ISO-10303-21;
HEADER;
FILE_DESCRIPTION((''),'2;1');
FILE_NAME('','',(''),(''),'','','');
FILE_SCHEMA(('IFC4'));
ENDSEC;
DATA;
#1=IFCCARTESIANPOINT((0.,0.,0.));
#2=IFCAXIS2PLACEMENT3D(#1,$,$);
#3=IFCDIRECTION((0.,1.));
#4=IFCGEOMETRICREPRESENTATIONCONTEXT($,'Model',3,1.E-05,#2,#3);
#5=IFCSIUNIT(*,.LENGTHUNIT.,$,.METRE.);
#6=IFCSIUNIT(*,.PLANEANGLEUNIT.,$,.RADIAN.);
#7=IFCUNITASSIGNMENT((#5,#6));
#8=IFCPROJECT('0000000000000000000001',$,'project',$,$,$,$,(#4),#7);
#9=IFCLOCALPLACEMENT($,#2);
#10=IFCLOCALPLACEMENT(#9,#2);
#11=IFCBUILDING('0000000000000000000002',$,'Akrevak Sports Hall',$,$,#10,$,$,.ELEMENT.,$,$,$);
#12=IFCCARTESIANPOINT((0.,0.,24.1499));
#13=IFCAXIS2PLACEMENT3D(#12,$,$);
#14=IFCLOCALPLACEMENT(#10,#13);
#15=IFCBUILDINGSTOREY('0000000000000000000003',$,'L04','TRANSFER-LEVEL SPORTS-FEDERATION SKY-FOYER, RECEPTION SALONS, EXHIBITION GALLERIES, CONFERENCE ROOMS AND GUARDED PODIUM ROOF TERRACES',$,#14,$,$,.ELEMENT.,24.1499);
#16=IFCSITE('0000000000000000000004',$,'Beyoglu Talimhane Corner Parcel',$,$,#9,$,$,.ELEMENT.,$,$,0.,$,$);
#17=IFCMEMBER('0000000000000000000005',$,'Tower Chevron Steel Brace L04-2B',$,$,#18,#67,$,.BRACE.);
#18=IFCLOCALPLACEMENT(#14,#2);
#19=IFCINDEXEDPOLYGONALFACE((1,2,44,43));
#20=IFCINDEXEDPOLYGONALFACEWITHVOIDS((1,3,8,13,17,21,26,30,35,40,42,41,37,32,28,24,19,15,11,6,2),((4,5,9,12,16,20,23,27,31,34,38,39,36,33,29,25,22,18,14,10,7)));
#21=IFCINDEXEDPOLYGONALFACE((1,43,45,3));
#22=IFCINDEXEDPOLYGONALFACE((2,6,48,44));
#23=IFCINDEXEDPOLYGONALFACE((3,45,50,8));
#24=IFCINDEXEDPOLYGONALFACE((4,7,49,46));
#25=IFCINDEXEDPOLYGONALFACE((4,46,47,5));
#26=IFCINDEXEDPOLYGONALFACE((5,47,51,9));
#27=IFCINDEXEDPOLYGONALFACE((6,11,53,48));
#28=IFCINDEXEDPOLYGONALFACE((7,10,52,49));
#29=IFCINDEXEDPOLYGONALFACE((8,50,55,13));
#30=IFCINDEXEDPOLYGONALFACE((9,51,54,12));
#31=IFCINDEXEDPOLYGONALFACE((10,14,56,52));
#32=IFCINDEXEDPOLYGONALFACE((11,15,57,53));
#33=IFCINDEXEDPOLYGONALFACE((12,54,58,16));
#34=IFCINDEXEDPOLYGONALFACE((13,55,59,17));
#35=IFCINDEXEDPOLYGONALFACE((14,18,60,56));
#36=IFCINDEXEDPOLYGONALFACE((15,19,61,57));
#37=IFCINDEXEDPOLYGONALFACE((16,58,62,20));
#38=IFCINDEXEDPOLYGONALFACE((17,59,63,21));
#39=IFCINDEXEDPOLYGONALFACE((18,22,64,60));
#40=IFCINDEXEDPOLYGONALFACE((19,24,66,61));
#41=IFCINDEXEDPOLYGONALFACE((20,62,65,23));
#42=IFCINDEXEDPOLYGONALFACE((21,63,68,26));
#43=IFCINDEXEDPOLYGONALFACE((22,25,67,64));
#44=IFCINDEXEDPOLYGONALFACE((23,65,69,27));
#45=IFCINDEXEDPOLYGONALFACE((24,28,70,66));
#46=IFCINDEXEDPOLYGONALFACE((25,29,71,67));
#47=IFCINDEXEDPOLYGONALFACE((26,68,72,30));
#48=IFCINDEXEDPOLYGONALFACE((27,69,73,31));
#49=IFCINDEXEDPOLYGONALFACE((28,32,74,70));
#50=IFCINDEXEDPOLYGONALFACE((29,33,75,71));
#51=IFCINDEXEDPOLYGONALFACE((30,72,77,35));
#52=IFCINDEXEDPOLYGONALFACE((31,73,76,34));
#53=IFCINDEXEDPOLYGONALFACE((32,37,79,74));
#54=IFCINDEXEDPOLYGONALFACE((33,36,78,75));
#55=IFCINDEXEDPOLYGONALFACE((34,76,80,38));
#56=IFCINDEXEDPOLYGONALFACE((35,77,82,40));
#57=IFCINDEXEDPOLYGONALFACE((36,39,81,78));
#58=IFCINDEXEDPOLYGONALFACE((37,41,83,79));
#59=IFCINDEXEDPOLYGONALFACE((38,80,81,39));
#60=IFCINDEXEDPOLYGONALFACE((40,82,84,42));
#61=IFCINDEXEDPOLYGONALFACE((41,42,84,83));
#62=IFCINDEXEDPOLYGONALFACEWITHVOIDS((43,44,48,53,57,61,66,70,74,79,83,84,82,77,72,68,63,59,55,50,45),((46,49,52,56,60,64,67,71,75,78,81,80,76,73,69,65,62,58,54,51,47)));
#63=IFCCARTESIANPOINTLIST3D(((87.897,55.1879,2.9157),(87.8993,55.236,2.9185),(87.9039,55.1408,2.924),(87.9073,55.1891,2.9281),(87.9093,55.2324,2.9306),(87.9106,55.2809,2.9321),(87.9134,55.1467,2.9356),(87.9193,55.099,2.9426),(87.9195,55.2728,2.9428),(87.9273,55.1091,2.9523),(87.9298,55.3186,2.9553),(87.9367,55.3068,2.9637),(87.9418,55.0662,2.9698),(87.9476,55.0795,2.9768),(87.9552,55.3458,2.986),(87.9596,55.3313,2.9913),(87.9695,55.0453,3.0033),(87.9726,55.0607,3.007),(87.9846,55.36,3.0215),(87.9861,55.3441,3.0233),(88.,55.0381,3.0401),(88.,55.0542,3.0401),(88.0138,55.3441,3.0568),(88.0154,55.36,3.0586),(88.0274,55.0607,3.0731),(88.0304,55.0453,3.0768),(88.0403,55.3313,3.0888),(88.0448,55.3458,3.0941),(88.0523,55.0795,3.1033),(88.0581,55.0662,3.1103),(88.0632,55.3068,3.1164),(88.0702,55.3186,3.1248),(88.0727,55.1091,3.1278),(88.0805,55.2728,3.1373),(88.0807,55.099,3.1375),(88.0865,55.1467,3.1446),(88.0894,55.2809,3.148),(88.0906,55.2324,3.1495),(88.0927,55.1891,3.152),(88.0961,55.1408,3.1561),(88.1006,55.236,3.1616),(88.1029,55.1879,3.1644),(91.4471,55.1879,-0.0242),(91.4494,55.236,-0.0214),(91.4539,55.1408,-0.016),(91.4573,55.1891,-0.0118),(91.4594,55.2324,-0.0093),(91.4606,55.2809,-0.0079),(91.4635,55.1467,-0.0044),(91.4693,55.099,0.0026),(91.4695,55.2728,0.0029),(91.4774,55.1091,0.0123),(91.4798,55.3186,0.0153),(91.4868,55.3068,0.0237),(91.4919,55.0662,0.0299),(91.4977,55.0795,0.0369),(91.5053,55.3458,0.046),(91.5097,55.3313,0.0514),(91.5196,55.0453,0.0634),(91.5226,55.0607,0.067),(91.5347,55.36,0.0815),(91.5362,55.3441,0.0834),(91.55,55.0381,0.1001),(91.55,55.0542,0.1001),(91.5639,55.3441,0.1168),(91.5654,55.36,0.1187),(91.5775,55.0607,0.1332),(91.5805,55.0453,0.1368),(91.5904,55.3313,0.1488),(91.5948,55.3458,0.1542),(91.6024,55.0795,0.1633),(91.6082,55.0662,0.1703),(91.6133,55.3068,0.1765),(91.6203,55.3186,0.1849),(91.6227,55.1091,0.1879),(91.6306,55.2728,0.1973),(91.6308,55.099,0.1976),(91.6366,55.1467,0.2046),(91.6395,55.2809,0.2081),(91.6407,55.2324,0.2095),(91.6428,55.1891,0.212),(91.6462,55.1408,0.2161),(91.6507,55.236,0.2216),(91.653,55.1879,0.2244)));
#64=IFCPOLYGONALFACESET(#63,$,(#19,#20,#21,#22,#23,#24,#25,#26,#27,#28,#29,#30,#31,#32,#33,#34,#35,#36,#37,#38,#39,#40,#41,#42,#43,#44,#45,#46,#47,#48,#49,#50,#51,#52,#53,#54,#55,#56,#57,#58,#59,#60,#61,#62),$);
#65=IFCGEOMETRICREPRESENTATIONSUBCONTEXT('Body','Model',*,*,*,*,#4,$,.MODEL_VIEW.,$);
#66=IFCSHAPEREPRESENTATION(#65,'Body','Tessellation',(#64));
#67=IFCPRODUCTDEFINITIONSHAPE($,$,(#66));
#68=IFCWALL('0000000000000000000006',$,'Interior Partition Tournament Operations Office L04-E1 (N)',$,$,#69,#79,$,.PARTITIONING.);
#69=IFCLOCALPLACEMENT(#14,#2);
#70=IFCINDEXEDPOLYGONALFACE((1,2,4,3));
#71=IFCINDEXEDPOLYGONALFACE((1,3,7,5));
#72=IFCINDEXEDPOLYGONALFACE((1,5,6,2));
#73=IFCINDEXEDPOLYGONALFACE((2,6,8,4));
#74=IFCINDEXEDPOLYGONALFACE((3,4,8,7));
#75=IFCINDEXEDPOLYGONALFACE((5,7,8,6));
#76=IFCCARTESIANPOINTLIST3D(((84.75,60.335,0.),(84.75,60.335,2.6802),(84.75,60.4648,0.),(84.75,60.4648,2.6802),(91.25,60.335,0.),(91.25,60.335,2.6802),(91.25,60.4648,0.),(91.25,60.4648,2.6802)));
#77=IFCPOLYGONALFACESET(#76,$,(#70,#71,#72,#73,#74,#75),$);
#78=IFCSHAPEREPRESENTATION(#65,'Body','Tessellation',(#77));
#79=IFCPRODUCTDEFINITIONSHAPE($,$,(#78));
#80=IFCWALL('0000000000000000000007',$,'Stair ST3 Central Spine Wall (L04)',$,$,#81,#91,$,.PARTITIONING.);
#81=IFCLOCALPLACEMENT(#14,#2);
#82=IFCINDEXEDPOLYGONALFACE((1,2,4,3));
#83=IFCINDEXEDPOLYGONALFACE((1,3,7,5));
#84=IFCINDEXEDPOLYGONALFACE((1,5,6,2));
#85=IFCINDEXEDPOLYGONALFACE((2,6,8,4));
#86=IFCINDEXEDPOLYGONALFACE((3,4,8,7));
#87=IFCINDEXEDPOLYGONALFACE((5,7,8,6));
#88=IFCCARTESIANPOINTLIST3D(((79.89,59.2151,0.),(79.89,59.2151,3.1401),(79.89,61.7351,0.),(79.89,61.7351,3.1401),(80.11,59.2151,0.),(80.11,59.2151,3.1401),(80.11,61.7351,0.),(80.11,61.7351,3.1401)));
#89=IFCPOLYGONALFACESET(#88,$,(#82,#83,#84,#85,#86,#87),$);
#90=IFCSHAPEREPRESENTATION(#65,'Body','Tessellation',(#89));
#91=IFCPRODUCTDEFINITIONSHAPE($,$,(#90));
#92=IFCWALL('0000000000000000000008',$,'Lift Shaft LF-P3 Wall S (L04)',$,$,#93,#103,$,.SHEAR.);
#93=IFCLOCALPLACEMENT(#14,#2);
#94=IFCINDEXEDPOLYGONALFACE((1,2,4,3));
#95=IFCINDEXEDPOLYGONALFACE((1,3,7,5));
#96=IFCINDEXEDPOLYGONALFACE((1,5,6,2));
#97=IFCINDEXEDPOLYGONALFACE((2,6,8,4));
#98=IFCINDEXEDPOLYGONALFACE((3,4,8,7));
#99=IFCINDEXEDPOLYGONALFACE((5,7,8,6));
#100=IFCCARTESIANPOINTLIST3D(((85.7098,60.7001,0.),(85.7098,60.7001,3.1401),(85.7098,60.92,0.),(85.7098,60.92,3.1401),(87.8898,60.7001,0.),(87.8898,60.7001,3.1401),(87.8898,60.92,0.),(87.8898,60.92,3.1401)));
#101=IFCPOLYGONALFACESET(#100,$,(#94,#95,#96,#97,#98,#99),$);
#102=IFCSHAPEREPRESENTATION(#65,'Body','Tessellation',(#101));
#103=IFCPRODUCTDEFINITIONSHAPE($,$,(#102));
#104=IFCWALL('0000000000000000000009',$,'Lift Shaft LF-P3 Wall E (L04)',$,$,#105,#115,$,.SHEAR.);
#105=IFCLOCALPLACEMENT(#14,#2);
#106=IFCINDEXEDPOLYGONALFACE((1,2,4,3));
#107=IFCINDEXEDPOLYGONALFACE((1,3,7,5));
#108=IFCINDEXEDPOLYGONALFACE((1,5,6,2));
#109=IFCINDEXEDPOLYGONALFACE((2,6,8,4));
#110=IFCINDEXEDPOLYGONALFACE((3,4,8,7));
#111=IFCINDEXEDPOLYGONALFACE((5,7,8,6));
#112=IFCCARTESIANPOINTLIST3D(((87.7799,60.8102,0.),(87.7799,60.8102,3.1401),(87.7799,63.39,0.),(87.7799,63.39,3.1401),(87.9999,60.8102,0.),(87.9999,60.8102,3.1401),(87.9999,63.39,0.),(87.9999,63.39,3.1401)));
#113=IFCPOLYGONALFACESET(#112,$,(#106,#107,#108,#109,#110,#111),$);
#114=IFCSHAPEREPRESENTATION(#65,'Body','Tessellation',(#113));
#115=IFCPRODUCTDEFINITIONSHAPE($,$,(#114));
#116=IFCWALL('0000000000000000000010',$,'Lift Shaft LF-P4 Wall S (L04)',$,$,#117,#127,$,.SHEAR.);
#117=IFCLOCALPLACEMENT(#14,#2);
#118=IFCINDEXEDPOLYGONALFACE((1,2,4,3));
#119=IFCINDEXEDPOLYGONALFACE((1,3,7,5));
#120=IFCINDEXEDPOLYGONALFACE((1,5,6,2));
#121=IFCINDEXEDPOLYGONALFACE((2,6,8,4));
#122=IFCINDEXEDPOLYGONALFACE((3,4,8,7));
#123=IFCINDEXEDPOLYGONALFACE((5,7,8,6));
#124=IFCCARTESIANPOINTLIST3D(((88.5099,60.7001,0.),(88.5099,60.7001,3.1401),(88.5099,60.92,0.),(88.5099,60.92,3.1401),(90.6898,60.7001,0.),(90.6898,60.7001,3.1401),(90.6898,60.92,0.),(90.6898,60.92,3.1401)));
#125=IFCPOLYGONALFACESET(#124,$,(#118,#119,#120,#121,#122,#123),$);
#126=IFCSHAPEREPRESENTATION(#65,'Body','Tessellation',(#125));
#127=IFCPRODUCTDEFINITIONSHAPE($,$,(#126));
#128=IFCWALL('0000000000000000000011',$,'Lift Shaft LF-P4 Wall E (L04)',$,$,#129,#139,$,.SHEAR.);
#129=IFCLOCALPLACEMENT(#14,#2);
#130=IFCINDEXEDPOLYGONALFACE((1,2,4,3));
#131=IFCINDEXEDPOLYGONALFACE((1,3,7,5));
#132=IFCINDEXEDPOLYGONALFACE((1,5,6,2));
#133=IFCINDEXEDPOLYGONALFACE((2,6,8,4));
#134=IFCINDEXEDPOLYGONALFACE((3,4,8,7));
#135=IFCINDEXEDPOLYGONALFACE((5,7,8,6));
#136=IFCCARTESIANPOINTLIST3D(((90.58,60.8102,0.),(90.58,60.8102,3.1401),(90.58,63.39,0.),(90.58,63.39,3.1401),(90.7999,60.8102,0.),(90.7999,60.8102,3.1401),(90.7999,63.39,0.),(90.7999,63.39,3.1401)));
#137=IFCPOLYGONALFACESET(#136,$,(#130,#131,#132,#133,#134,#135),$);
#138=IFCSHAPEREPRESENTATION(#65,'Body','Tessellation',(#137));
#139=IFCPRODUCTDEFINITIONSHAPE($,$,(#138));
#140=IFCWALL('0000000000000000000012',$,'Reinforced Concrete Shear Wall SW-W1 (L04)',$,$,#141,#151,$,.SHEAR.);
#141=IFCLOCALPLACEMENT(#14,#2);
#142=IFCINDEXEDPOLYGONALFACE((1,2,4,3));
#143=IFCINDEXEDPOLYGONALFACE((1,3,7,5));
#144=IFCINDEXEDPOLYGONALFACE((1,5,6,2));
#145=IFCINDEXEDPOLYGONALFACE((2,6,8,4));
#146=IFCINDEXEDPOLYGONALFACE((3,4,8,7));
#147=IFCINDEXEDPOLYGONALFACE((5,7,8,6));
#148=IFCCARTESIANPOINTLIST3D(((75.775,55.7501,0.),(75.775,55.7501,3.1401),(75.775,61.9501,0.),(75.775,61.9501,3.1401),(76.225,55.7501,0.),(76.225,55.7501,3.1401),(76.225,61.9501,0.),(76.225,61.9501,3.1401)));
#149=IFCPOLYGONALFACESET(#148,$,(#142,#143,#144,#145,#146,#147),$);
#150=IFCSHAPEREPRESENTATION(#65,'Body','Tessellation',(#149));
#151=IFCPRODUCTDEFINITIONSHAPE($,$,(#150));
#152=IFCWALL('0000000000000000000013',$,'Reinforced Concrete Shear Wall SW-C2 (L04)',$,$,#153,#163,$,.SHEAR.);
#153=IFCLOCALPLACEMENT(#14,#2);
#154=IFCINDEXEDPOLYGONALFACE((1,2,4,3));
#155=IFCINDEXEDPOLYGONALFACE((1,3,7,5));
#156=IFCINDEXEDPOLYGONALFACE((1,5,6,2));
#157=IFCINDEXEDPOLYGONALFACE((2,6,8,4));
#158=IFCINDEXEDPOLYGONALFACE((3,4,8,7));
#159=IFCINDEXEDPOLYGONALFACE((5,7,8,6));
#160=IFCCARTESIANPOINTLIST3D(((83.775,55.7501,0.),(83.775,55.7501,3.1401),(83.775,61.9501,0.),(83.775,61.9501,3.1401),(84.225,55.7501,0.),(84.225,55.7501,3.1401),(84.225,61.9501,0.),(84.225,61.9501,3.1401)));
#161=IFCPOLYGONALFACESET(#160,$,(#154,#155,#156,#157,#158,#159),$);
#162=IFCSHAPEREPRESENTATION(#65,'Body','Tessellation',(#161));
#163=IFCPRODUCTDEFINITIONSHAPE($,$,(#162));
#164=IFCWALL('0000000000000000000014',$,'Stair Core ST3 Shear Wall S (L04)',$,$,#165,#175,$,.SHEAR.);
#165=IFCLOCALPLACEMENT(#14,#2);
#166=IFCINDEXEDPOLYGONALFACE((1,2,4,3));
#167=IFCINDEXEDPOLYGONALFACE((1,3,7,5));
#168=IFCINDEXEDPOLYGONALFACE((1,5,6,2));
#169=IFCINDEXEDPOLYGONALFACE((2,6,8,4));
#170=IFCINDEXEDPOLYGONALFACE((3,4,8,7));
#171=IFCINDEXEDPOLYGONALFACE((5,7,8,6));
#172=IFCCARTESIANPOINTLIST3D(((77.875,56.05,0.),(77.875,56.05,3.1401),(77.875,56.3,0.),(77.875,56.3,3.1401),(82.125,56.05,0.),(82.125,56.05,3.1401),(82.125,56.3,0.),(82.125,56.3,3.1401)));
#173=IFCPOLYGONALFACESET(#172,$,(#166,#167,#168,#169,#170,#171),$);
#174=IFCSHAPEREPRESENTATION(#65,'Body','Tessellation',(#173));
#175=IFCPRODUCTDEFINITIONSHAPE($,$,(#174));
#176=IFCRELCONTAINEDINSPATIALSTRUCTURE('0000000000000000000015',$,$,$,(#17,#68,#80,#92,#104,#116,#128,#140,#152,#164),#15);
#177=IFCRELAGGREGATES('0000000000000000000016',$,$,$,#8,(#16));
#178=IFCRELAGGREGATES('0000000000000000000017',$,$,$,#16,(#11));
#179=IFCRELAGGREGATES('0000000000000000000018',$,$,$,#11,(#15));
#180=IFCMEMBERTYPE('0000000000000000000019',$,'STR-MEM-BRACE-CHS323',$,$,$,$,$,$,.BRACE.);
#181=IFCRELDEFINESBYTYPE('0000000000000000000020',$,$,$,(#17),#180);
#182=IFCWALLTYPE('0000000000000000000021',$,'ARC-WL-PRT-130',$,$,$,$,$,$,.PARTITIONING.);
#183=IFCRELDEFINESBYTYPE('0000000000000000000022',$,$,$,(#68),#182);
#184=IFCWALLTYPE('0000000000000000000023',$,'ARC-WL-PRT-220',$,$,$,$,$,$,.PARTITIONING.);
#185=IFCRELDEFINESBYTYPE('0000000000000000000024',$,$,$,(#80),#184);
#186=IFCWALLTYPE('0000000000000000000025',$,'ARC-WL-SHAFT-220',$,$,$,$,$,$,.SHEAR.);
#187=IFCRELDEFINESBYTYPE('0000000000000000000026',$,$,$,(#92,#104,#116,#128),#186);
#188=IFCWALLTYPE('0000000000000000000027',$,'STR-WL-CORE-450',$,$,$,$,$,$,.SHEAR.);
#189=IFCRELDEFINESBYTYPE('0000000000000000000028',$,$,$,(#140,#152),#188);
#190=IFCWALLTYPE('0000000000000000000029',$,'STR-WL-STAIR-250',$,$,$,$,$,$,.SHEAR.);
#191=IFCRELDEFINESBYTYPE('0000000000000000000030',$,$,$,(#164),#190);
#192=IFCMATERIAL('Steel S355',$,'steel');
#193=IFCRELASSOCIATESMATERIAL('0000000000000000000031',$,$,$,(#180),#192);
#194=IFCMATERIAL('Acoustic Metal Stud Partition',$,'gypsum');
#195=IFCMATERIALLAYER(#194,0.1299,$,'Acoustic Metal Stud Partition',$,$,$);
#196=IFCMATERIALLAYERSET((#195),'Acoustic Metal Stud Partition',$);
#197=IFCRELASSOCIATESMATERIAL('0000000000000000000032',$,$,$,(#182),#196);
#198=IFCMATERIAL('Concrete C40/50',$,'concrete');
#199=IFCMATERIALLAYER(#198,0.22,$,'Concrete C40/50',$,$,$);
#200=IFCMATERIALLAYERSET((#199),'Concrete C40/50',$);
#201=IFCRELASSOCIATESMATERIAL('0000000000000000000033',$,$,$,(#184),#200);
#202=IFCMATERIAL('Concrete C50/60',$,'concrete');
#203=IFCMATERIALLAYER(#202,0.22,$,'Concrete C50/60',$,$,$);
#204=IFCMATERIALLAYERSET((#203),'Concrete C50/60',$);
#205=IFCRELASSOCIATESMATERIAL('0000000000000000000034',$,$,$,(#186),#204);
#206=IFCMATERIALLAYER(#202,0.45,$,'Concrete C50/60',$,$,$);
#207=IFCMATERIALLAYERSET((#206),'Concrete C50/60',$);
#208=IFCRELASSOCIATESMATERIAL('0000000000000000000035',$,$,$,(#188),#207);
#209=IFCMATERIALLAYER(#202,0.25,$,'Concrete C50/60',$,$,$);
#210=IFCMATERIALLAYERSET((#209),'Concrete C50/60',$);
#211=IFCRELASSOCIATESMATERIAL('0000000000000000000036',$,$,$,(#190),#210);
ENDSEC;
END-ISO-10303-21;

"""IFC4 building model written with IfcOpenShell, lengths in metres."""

from ifc_helpers import new_model, si_unit, direction, frame, frame_2d, origin, origin_2d, place, context, subcontext, project, spatial, rectangle, hollow_circle, extrude, material, layer, layer_set, material_profile, profile_set, type_object, element, save


model = new_model("IFC4")

# Units and contexts
model_context = context("Model", 3, precision=1e-05, world=origin(), true_north=direction((0.0, 1.0)))
body_context = subcontext(model_context, "Body", "Model", "MODEL_VIEW")
ifc_project = project(units=[si_unit("LENGTHUNIT", "METRE"), si_unit("PLANEANGLEUNIT", "RADIAN")], contexts=[model_context])

# Site, building, storey
site_placement = place(None, origin())
site = spatial("IfcSite", under=ifc_project, at=site_placement, Name="Beyoglu Talimhane Corner Parcel", CompositionType="ELEMENT", RefElevation=0.0)
building_placement = place(site_placement, origin())
building = spatial("IfcBuilding", under=site, at=building_placement, Name="Akrevak Sports Hall", CompositionType="ELEMENT")
storey_placement = place(building_placement, frame((0.0, 0.0, 24.1499)))
storey = spatial("IfcBuildingStorey", under=building, at=storey_placement, Name="L04", Description="TRANSFER-LEVEL SPORTS-FEDERATION SKY-FOYER, RECEPTION SALONS, EXHIBITION GALLERIES, CONFERENCE ROOMS AND GUARDED PODIUM ROOF TERRACES", CompositionType="ELEMENT", Elevation=24.1499)

# Shared definitions
ifc_material_1 = material(Name="Concrete C50/60", Category="concrete")
ifc_material_2 = material(Name="Concrete C40/50", Category="concrete")

# Member
ifc_material_3 = material(Name="Steel S355", Category="steel")
ifc_material_profile_1 = material_profile(ifc_material_3, hollow_circle(Radius=0.1619, WallThickness=0.0161, at=origin_2d()), Name="CHS 323.9x16", Category="steel")
ifc_profile_set_1 = profile_set([ifc_material_profile_1], Name="Steel S355")
member_type = type_object("IfcMemberType", Name="STR-MEM-BRACE-CHS323", PredefinedType="BRACE", material=ifc_profile_set_1)
for number, where, z_axis, x_axis, name in (
    (1, (91.55, 55.2, 0.1001), (-0.770184, 0.0, 0.637821), (0.0, -1.0, 0.0), "Tower Chevron Steel Brace L04-2B"),
):
    element("IfcMember", number, at=place(storey_placement, frame(where, z_axis=z_axis, x_axis=x_axis)), inside=storey, type_object=member_type, Name=name, PredefinedType="BRACE", context=body_context, shape_type="SweptSolid", body=[
        extrude(hollow_circle(Radius=0.1619, WallThickness=0.0161, at=origin_2d()), origin(), (0.0, 0.0, 1.0), 4.6094),
    ])

# Walls
ifc_material_4 = material(Name="Acoustic Metal Stud Partition", Category="gypsum")
ifc_layer_1 = layer(ifc_material_4, 0.1299, Name="Acoustic Metal Stud Partition")
ifc_layer_set_1 = layer_set([ifc_layer_1], Name="Acoustic Metal Stud Partition")
wall_type_1 = type_object("IfcWallType", Name="ARC-WL-PRT-130", PredefinedType="PARTITIONING", material=ifc_layer_set_1)
wall_1_placement = place(storey_placement, frame((84.75, 60.3999, 0.0), z_axis=(0.0, 0.0, 1.0), x_axis=(1.0, 0.0, 0.0)))
element("IfcWall", 2, at=wall_1_placement, inside=storey, type_object=wall_type_1, Name="Interior Partition Tournament Operations Office L04-E1 (N)", PredefinedType="PARTITIONING", context=body_context, shape_type="SweptSolid", body=[
    extrude(rectangle(XDim=6.5, YDim=0.1299, at=frame_2d((3.25, 0.0))), origin(), (0.0, 0.0, 1.0), 2.6802),
])
ifc_layer_2 = layer(ifc_material_2, 0.22, Name="Concrete C40/50")
ifc_layer_set_2 = layer_set([ifc_layer_2], Name="Concrete C40/50")
wall_type_2 = type_object("IfcWallType", Name="ARC-WL-PRT-220", PredefinedType="PARTITIONING", material=ifc_layer_set_2)
wall_2_placement = place(storey_placement, frame((80.0, 59.2151, 0.0), z_axis=(0.0, 0.0, 1.0), x_axis=(0.0, 1.0, 0.0)))
element("IfcWall", 3, at=wall_2_placement, inside=storey, type_object=wall_type_2, Name="Stair ST3 Central Spine Wall (L04)", PredefinedType="PARTITIONING", context=body_context, shape_type="SweptSolid", body=[
    extrude(rectangle(XDim=2.52, YDim=0.22, at=frame_2d((1.26, 0.0))), origin(), (0.0, 0.0, 1.0), 3.1401),
])
ifc_layer_3 = layer(ifc_material_1, 0.22, Name="Concrete C50/60")
ifc_layer_set_3 = layer_set([ifc_layer_3], Name="Concrete C50/60")
wall_type_3 = type_object("IfcWallType", Name="ARC-WL-SHAFT-220", PredefinedType="SHEAR", material=ifc_layer_set_3)
wall_3_placement = place(storey_placement, frame((85.71, 60.8101, 0.0), z_axis=(0.0, 0.0, 1.0), x_axis=(1.0, 0.0, 0.0)))
element("IfcWall", 4, at=wall_3_placement, inside=storey, type_object=wall_type_3, Name="Lift Shaft LF-P3 Wall S (L04)", PredefinedType="SHEAR", context=body_context, shape_type="SweptSolid", body=[
    extrude(rectangle(XDim=2.1799, YDim=0.22, at=frame_2d((1.0898, 0.0))), origin(), (0.0, 0.0, 1.0), 3.1401),
])
wall_4_placement = place(storey_placement, frame((87.8899, 60.8101, 0.0), z_axis=(0.0, 0.0, 1.0), x_axis=(0.0, 1.0, 0.0)))
element("IfcWall", 5, at=wall_4_placement, inside=storey, type_object=wall_type_3, Name="Lift Shaft LF-P3 Wall E (L04)", PredefinedType="SHEAR", context=body_context, shape_type="SweptSolid", body=[
    extrude(rectangle(XDim=2.5798, YDim=0.22, at=frame_2d((1.29, 0.0))), origin(), (0.0, 0.0, 1.0), 3.1401),
])
wall_5_placement = place(storey_placement, frame((88.51, 60.8101, 0.0), z_axis=(0.0, 0.0, 1.0), x_axis=(1.0, 0.0, 0.0)))
element("IfcWall", 6, at=wall_5_placement, inside=storey, type_object=wall_type_3, Name="Lift Shaft LF-P4 Wall S (L04)", PredefinedType="SHEAR", context=body_context, shape_type="SweptSolid", body=[
    extrude(rectangle(XDim=2.1799, YDim=0.22, at=frame_2d((1.0898, 0.0))), origin(), (0.0, 0.0, 1.0), 3.1401),
])
wall_6_placement = place(storey_placement, frame((90.6899, 60.8101, 0.0), z_axis=(0.0, 0.0, 1.0), x_axis=(0.0, 1.0, 0.0)))
element("IfcWall", 7, at=wall_6_placement, inside=storey, type_object=wall_type_3, Name="Lift Shaft LF-P4 Wall E (L04)", PredefinedType="SHEAR", context=body_context, shape_type="SweptSolid", body=[
    extrude(rectangle(XDim=2.5798, YDim=0.22, at=frame_2d((1.29, 0.0))), origin(), (0.0, 0.0, 1.0), 3.1401),
])
ifc_layer_4 = layer(ifc_material_1, 0.45, Name="Concrete C50/60")
ifc_layer_set_4 = layer_set([ifc_layer_4], Name="Concrete C50/60")
wall_type_4 = type_object("IfcWallType", Name="STR-WL-CORE-450", PredefinedType="SHEAR", material=ifc_layer_set_4)
for number, where, z_axis, x_axis, name in (
    (8, (76.0, 55.75, 0.0), (0.0, 0.0, 1.0), (0.0, 1.0, 0.0), "Reinforced Concrete Shear Wall SW-W1 (L04)"),
    (9, (84.0, 55.75, 0.0), (0.0, 0.0, 1.0), (0.0, 1.0, 0.0), "Reinforced Concrete Shear Wall SW-C2 (L04)"),
):
    element("IfcWall", number, at=place(storey_placement, frame(where, z_axis=z_axis, x_axis=x_axis)), inside=storey, type_object=wall_type_4, Name=name, PredefinedType="SHEAR", context=body_context, shape_type="SweptSolid", body=[
        extrude(rectangle(XDim=6.2, YDim=0.45, at=frame_2d((3.1001, 0.0))), origin(), (0.0, 0.0, 1.0), 3.1401),
    ])
ifc_layer_5 = layer(ifc_material_1, 0.25, Name="Concrete C50/60")
ifc_layer_set_5 = layer_set([ifc_layer_5], Name="Concrete C50/60")
wall_type_5 = type_object("IfcWallType", Name="STR-WL-STAIR-250", PredefinedType="SHEAR", material=ifc_layer_set_5)
wall_7_placement = place(storey_placement, frame((77.875, 56.175, 0.0), z_axis=(0.0, 0.0, 1.0), x_axis=(1.0, 0.0, 0.0)))
element("IfcWall", 10, at=wall_7_placement, inside=storey, type_object=wall_type_5, Name="Stair Core ST3 Shear Wall S (L04)", PredefinedType="SHEAR", context=body_context, shape_type="SweptSolid", body=[
    extrude(rectangle(XDim=4.25, YDim=0.25, at=frame_2d((2.125, 0.0))), origin(), (0.0, 0.0, 1.0), 3.1401),
])

save(model, "model.ifc")
